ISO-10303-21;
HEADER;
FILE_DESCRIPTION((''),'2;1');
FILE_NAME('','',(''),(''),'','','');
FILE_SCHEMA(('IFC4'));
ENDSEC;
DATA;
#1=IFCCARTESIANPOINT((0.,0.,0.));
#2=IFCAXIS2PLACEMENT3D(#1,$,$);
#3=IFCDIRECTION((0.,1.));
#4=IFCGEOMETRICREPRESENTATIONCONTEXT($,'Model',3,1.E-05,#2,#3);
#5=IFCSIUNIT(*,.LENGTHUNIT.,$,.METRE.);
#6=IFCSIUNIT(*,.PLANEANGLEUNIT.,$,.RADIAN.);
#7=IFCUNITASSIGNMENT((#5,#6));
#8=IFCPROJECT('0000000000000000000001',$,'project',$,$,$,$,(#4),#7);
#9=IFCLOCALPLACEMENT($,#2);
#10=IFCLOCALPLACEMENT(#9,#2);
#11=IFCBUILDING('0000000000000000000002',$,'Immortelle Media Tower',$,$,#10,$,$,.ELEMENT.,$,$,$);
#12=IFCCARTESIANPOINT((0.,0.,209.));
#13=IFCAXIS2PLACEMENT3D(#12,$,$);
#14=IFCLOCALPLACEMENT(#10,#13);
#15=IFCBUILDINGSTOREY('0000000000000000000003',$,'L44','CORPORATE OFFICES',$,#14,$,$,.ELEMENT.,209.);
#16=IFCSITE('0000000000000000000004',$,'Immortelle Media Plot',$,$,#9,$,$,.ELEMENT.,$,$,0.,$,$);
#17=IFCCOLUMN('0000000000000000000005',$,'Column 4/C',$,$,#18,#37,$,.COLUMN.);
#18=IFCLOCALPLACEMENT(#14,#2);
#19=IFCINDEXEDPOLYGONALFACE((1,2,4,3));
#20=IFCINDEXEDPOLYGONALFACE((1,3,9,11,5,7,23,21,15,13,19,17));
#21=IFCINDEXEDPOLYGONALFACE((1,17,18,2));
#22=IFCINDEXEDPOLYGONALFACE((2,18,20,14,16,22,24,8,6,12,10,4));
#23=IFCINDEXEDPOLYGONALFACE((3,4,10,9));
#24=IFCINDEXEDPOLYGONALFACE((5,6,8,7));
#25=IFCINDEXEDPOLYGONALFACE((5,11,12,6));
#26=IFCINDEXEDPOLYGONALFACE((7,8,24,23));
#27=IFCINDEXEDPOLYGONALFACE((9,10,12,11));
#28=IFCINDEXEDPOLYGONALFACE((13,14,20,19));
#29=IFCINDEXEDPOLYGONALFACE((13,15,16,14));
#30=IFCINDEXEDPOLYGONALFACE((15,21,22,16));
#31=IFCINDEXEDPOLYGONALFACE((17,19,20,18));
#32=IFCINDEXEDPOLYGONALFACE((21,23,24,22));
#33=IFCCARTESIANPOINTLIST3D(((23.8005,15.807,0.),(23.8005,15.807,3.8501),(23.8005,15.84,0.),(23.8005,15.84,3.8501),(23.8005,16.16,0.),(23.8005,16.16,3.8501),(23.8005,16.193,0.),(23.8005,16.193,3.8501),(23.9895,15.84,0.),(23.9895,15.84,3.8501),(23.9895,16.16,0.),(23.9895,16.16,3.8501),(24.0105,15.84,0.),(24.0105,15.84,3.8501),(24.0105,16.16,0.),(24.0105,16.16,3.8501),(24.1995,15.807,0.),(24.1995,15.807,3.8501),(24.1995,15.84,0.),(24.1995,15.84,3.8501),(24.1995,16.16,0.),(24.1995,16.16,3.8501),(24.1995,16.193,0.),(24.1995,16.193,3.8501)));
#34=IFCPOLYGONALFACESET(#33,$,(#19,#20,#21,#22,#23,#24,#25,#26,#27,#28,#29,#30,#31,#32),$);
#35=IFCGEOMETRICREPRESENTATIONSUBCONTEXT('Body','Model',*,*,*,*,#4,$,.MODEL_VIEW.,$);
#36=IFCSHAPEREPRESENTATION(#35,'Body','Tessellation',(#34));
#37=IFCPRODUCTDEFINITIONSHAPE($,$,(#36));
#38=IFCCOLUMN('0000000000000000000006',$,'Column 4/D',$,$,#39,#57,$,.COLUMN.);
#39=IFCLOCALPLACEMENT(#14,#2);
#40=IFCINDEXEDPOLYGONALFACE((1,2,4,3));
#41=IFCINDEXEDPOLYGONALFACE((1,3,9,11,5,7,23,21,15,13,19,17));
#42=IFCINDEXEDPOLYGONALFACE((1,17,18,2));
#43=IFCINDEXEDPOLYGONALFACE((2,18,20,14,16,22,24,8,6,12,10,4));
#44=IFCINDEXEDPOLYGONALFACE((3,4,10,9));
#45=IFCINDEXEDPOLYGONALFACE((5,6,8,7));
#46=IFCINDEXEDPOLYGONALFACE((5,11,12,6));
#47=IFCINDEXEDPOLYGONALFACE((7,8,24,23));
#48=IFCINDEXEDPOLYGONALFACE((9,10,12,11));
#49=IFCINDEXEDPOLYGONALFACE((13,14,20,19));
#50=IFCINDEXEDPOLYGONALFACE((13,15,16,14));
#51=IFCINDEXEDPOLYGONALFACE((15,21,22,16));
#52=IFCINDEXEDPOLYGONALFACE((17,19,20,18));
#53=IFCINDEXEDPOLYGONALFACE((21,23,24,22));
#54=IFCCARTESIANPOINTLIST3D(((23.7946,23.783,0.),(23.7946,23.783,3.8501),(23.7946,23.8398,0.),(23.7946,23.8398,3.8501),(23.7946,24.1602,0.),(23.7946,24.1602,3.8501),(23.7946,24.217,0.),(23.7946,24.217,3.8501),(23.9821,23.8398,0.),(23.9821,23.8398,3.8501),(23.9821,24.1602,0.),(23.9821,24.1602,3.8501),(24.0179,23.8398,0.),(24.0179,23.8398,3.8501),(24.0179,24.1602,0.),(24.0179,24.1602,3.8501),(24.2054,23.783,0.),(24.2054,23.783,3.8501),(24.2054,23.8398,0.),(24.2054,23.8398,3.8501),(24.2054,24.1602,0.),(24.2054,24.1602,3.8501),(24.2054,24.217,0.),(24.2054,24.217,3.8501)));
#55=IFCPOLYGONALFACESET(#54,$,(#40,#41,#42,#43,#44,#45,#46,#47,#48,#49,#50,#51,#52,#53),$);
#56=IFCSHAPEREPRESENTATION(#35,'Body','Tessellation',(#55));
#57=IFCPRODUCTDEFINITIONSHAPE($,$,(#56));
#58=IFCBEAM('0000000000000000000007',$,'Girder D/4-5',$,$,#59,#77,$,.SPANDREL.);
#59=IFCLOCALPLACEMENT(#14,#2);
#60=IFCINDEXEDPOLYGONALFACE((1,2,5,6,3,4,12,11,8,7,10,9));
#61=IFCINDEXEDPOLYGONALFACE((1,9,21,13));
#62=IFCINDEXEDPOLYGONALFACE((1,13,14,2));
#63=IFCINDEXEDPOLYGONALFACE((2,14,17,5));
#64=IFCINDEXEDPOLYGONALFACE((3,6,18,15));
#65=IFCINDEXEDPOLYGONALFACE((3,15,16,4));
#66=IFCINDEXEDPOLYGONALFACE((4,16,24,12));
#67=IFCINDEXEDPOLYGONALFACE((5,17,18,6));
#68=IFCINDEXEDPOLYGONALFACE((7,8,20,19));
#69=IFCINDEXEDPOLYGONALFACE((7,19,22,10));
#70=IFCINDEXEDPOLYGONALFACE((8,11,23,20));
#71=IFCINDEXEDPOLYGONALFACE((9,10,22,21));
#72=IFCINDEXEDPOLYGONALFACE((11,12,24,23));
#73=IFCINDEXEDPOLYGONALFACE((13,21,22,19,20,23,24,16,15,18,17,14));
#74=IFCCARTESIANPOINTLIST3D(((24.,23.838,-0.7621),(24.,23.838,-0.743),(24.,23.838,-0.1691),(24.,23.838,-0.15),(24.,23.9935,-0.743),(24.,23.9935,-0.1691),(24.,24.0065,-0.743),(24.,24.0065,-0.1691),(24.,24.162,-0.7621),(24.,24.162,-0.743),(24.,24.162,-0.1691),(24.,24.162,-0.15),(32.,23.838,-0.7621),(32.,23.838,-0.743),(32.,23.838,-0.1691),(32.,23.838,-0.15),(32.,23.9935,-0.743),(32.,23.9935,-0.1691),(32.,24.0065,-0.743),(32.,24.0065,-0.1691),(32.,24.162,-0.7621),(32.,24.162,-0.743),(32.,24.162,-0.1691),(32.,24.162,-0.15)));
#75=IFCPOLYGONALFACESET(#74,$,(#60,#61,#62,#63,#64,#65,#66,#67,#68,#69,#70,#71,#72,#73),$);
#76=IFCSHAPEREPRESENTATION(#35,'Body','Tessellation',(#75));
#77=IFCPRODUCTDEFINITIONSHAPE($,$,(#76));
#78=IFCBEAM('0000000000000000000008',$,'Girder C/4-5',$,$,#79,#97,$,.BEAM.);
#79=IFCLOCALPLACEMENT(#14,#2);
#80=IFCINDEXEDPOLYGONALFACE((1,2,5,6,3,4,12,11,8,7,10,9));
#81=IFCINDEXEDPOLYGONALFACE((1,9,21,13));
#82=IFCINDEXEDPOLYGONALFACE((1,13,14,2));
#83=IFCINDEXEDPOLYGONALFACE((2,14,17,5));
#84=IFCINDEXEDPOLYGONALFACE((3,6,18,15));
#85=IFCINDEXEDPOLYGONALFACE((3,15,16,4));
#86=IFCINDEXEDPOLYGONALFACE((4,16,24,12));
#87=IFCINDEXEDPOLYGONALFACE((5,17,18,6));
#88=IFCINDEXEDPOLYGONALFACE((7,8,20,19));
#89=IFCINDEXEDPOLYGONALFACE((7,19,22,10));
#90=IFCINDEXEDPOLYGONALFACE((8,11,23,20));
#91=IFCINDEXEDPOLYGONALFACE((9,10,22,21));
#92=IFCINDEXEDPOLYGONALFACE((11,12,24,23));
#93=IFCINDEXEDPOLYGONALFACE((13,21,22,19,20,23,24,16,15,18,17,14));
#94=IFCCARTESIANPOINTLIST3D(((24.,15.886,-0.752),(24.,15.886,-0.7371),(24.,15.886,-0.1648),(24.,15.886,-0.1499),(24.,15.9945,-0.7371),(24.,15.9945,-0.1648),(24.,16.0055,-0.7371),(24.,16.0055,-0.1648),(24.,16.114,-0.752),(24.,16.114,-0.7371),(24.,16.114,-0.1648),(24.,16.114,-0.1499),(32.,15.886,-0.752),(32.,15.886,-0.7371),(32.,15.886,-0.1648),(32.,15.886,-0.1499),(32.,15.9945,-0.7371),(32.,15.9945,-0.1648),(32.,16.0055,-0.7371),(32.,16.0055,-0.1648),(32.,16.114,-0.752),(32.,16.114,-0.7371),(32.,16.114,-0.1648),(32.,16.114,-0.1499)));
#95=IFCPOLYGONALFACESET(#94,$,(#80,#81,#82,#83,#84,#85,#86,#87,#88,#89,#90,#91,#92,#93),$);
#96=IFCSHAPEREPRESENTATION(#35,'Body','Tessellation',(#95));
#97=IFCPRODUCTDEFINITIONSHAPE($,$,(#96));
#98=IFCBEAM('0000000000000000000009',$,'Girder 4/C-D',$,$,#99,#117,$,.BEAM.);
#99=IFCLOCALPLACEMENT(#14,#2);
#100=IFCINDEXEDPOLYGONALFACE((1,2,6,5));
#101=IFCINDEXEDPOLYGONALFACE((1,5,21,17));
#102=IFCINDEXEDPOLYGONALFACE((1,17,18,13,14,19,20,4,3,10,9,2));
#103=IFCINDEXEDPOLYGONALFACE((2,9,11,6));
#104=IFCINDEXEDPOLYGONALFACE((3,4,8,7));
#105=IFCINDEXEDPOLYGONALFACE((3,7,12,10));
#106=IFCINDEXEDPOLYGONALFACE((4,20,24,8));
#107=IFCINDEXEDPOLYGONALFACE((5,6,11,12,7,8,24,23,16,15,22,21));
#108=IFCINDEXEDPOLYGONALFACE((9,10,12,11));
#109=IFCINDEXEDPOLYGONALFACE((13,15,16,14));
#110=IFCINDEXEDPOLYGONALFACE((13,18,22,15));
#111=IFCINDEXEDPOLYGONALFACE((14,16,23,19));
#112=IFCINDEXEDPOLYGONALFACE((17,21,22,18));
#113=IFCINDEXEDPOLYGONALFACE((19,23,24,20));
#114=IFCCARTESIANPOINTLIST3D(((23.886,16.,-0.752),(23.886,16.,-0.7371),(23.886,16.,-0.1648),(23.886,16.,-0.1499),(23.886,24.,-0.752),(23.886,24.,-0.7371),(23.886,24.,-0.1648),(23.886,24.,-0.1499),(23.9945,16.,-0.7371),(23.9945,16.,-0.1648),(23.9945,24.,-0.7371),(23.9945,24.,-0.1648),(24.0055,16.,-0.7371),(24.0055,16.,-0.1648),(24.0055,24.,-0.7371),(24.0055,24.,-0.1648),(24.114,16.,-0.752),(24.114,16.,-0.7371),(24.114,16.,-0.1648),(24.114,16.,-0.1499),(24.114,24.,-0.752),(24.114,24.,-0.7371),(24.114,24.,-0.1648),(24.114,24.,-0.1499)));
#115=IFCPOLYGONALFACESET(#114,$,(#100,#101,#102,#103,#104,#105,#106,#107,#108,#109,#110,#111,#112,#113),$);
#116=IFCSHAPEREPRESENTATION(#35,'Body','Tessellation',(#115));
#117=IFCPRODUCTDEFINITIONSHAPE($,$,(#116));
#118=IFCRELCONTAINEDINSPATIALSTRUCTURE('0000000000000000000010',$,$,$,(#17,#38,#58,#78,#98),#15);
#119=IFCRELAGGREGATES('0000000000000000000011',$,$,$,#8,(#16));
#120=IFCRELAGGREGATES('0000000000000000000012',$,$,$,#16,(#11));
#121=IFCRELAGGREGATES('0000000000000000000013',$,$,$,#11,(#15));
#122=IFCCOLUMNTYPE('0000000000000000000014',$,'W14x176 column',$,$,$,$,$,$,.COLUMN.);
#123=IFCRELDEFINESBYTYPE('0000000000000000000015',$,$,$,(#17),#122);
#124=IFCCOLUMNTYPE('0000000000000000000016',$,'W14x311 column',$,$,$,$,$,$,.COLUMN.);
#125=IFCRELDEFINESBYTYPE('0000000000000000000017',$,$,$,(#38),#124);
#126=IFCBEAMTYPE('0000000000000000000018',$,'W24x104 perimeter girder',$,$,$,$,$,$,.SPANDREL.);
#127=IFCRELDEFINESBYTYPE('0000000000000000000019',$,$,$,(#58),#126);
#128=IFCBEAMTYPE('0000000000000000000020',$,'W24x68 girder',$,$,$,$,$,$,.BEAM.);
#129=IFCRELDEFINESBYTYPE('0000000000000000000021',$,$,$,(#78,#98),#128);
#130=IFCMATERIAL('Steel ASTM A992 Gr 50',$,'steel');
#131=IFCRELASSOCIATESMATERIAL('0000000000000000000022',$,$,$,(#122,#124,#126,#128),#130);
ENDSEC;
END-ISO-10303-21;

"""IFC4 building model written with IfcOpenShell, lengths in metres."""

from ifc_helpers import new_model, si_unit, direction, frame, origin, origin_2d, place, context, subcontext, project, spatial, i_section, extrude, material, material_profile, profile_set, type_object, element, save


model = new_model("IFC4")

# Units and contexts
model_context = context("Model", 3, precision=1e-05, world=origin(), true_north=direction((0.0, 1.0)))
body_context = subcontext(model_context, "Body", "Model", "MODEL_VIEW")
ifc_project = project(units=[si_unit("LENGTHUNIT", "METRE"), si_unit("PLANEANGLEUNIT", "RADIAN")], contexts=[model_context])

# Site, building, storey
site_placement = place(None, origin())
site = spatial("IfcSite", under=ifc_project, at=site_placement, Name="Immortelle Media Plot", CompositionType="ELEMENT", RefElevation=0.0)
building_placement = place(site_placement, origin())
building = spatial("IfcBuilding", under=site, at=building_placement, Name="Immortelle Media Tower", CompositionType="ELEMENT")
storey_placement = place(building_placement, frame((0.0, 0.0, 209.0)))
storey = spatial("IfcBuildingStorey", under=building, at=storey_placement, Name="L44", Description="CORPORATE OFFICES", CompositionType="ELEMENT", Elevation=209.0)

# Columns
ifc_material_1 = material(Name="Steel ASTM A992 Gr 50", Category="steel")
ifc_material_profile_1 = material_profile(ifc_material_1, i_section(OverallWidth=0.3989, OverallDepth=0.386, WebThickness=0.021, FlangeThickness=0.033, at=origin_2d()), Name="W14x176")
ifc_profile_set_1 = profile_set([ifc_material_profile_1], Name="Steel ASTM A992 Gr 50")
column_type_1 = type_object("IfcColumnType", Name="W14x176 column", PredefinedType="COLUMN", material=ifc_profile_set_1)
column_1_placement = place(storey_placement, frame((24.0, 16.0, 0.0), z_axis=(0.0, 0.0, 1.0), x_axis=(1.0, 0.0, 0.0)))
element("IfcColumn", 1, at=column_1_placement, inside=storey, type_object=column_type_1, Name="Column 4/C", PredefinedType="COLUMN", context=body_context, shape_type="SweptSolid", body=[
    extrude(i_section(OverallWidth=0.3989, OverallDepth=0.386, WebThickness=0.021, FlangeThickness=0.033, at=origin_2d()), origin(), (0.0, 0.0, 1.0), 3.8501),
])
ifc_material_profile_2 = material_profile(ifc_material_1, i_section(OverallWidth=0.4109, OverallDepth=0.4341, WebThickness=0.0359, FlangeThickness=0.0569, at=origin_2d()), Name="W14x311")
ifc_profile_set_2 = profile_set([ifc_material_profile_2], Name="Steel ASTM A992 Gr 50")
column_type_2 = type_object("IfcColumnType", Name="W14x311 column", PredefinedType="COLUMN", material=ifc_profile_set_2)
column_2_placement = place(storey_placement, frame((24.0, 24.0, 0.0), z_axis=(0.0, 0.0, 1.0), x_axis=(1.0, 0.0, 0.0)))
element("IfcColumn", 2, at=column_2_placement, inside=storey, type_object=column_type_2, Name="Column 4/D", PredefinedType="COLUMN", context=body_context, shape_type="SweptSolid", body=[
    extrude(i_section(OverallWidth=0.4109, OverallDepth=0.4341, WebThickness=0.0359, FlangeThickness=0.0569, at=origin_2d()), origin(), (0.0, 0.0, 1.0), 3.8501),
])

# Beams
ifc_material_profile_3 = material_profile(ifc_material_1, i_section(OverallWidth=0.324, OverallDepth=0.6121, WebThickness=0.0129, FlangeThickness=0.019, at=origin_2d()), Name="W24x104")
ifc_profile_set_3 = profile_set([ifc_material_profile_3], Name="Steel ASTM A992 Gr 50")
beam_type_1 = type_object("IfcBeamType", Name="W24x104 perimeter girder", PredefinedType="SPANDREL", material=ifc_profile_set_3)
beam_placement = place(storey_placement, frame((24.0, 24.0, -0.4561), z_axis=(1.0, 0.0, 0.0), x_axis=(0.0, 1.0, 0.0)))
element("IfcBeam", 3, at=beam_placement, inside=storey, type_object=beam_type_1, Name="Girder D/4-5", PredefinedType="SPANDREL", context=body_context, shape_type="SweptSolid", body=[
    extrude(i_section(OverallWidth=0.324, OverallDepth=0.6121, WebThickness=0.0129, FlangeThickness=0.019, at=origin_2d()), origin(), (0.0, 0.0, 1.0), 8.0),
])
ifc_material_profile_4 = material_profile(ifc_material_1, i_section(OverallWidth=0.228, OverallDepth=0.6021, WebThickness=0.011, FlangeThickness=0.0149, at=origin_2d()), Name="W24x68")
ifc_profile_set_4 = profile_set([ifc_material_profile_4], Name="Steel ASTM A992 Gr 50")
beam_type_2 = type_object("IfcBeamType", Name="W24x68 girder", PredefinedType="BEAM", material=ifc_profile_set_4)
for number, where, z_axis, x_axis, name in (
    (4, (24.0, 16.0, -0.4509), (1.0, 0.0, 0.0), (0.0, 1.0, 0.0), "Girder C/4-5"),
    (5, (24.0, 16.0, -0.4509), (0.0, 1.0, 0.0), (-1.0, 0.0, 0.0), "Girder 4/C-D"),
):
    element("IfcBeam", number, at=place(storey_placement, frame(where, z_axis=z_axis, x_axis=x_axis)), inside=storey, type_object=beam_type_2, Name=name, PredefinedType="BEAM", context=body_context, shape_type="SweptSolid", body=[
        extrude(i_section(OverallWidth=0.228, OverallDepth=0.6021, WebThickness=0.011, FlangeThickness=0.0149, at=origin_2d()), origin(), (0.0, 0.0, 1.0), 8.0),
    ])

save(model, "model.ifc")
